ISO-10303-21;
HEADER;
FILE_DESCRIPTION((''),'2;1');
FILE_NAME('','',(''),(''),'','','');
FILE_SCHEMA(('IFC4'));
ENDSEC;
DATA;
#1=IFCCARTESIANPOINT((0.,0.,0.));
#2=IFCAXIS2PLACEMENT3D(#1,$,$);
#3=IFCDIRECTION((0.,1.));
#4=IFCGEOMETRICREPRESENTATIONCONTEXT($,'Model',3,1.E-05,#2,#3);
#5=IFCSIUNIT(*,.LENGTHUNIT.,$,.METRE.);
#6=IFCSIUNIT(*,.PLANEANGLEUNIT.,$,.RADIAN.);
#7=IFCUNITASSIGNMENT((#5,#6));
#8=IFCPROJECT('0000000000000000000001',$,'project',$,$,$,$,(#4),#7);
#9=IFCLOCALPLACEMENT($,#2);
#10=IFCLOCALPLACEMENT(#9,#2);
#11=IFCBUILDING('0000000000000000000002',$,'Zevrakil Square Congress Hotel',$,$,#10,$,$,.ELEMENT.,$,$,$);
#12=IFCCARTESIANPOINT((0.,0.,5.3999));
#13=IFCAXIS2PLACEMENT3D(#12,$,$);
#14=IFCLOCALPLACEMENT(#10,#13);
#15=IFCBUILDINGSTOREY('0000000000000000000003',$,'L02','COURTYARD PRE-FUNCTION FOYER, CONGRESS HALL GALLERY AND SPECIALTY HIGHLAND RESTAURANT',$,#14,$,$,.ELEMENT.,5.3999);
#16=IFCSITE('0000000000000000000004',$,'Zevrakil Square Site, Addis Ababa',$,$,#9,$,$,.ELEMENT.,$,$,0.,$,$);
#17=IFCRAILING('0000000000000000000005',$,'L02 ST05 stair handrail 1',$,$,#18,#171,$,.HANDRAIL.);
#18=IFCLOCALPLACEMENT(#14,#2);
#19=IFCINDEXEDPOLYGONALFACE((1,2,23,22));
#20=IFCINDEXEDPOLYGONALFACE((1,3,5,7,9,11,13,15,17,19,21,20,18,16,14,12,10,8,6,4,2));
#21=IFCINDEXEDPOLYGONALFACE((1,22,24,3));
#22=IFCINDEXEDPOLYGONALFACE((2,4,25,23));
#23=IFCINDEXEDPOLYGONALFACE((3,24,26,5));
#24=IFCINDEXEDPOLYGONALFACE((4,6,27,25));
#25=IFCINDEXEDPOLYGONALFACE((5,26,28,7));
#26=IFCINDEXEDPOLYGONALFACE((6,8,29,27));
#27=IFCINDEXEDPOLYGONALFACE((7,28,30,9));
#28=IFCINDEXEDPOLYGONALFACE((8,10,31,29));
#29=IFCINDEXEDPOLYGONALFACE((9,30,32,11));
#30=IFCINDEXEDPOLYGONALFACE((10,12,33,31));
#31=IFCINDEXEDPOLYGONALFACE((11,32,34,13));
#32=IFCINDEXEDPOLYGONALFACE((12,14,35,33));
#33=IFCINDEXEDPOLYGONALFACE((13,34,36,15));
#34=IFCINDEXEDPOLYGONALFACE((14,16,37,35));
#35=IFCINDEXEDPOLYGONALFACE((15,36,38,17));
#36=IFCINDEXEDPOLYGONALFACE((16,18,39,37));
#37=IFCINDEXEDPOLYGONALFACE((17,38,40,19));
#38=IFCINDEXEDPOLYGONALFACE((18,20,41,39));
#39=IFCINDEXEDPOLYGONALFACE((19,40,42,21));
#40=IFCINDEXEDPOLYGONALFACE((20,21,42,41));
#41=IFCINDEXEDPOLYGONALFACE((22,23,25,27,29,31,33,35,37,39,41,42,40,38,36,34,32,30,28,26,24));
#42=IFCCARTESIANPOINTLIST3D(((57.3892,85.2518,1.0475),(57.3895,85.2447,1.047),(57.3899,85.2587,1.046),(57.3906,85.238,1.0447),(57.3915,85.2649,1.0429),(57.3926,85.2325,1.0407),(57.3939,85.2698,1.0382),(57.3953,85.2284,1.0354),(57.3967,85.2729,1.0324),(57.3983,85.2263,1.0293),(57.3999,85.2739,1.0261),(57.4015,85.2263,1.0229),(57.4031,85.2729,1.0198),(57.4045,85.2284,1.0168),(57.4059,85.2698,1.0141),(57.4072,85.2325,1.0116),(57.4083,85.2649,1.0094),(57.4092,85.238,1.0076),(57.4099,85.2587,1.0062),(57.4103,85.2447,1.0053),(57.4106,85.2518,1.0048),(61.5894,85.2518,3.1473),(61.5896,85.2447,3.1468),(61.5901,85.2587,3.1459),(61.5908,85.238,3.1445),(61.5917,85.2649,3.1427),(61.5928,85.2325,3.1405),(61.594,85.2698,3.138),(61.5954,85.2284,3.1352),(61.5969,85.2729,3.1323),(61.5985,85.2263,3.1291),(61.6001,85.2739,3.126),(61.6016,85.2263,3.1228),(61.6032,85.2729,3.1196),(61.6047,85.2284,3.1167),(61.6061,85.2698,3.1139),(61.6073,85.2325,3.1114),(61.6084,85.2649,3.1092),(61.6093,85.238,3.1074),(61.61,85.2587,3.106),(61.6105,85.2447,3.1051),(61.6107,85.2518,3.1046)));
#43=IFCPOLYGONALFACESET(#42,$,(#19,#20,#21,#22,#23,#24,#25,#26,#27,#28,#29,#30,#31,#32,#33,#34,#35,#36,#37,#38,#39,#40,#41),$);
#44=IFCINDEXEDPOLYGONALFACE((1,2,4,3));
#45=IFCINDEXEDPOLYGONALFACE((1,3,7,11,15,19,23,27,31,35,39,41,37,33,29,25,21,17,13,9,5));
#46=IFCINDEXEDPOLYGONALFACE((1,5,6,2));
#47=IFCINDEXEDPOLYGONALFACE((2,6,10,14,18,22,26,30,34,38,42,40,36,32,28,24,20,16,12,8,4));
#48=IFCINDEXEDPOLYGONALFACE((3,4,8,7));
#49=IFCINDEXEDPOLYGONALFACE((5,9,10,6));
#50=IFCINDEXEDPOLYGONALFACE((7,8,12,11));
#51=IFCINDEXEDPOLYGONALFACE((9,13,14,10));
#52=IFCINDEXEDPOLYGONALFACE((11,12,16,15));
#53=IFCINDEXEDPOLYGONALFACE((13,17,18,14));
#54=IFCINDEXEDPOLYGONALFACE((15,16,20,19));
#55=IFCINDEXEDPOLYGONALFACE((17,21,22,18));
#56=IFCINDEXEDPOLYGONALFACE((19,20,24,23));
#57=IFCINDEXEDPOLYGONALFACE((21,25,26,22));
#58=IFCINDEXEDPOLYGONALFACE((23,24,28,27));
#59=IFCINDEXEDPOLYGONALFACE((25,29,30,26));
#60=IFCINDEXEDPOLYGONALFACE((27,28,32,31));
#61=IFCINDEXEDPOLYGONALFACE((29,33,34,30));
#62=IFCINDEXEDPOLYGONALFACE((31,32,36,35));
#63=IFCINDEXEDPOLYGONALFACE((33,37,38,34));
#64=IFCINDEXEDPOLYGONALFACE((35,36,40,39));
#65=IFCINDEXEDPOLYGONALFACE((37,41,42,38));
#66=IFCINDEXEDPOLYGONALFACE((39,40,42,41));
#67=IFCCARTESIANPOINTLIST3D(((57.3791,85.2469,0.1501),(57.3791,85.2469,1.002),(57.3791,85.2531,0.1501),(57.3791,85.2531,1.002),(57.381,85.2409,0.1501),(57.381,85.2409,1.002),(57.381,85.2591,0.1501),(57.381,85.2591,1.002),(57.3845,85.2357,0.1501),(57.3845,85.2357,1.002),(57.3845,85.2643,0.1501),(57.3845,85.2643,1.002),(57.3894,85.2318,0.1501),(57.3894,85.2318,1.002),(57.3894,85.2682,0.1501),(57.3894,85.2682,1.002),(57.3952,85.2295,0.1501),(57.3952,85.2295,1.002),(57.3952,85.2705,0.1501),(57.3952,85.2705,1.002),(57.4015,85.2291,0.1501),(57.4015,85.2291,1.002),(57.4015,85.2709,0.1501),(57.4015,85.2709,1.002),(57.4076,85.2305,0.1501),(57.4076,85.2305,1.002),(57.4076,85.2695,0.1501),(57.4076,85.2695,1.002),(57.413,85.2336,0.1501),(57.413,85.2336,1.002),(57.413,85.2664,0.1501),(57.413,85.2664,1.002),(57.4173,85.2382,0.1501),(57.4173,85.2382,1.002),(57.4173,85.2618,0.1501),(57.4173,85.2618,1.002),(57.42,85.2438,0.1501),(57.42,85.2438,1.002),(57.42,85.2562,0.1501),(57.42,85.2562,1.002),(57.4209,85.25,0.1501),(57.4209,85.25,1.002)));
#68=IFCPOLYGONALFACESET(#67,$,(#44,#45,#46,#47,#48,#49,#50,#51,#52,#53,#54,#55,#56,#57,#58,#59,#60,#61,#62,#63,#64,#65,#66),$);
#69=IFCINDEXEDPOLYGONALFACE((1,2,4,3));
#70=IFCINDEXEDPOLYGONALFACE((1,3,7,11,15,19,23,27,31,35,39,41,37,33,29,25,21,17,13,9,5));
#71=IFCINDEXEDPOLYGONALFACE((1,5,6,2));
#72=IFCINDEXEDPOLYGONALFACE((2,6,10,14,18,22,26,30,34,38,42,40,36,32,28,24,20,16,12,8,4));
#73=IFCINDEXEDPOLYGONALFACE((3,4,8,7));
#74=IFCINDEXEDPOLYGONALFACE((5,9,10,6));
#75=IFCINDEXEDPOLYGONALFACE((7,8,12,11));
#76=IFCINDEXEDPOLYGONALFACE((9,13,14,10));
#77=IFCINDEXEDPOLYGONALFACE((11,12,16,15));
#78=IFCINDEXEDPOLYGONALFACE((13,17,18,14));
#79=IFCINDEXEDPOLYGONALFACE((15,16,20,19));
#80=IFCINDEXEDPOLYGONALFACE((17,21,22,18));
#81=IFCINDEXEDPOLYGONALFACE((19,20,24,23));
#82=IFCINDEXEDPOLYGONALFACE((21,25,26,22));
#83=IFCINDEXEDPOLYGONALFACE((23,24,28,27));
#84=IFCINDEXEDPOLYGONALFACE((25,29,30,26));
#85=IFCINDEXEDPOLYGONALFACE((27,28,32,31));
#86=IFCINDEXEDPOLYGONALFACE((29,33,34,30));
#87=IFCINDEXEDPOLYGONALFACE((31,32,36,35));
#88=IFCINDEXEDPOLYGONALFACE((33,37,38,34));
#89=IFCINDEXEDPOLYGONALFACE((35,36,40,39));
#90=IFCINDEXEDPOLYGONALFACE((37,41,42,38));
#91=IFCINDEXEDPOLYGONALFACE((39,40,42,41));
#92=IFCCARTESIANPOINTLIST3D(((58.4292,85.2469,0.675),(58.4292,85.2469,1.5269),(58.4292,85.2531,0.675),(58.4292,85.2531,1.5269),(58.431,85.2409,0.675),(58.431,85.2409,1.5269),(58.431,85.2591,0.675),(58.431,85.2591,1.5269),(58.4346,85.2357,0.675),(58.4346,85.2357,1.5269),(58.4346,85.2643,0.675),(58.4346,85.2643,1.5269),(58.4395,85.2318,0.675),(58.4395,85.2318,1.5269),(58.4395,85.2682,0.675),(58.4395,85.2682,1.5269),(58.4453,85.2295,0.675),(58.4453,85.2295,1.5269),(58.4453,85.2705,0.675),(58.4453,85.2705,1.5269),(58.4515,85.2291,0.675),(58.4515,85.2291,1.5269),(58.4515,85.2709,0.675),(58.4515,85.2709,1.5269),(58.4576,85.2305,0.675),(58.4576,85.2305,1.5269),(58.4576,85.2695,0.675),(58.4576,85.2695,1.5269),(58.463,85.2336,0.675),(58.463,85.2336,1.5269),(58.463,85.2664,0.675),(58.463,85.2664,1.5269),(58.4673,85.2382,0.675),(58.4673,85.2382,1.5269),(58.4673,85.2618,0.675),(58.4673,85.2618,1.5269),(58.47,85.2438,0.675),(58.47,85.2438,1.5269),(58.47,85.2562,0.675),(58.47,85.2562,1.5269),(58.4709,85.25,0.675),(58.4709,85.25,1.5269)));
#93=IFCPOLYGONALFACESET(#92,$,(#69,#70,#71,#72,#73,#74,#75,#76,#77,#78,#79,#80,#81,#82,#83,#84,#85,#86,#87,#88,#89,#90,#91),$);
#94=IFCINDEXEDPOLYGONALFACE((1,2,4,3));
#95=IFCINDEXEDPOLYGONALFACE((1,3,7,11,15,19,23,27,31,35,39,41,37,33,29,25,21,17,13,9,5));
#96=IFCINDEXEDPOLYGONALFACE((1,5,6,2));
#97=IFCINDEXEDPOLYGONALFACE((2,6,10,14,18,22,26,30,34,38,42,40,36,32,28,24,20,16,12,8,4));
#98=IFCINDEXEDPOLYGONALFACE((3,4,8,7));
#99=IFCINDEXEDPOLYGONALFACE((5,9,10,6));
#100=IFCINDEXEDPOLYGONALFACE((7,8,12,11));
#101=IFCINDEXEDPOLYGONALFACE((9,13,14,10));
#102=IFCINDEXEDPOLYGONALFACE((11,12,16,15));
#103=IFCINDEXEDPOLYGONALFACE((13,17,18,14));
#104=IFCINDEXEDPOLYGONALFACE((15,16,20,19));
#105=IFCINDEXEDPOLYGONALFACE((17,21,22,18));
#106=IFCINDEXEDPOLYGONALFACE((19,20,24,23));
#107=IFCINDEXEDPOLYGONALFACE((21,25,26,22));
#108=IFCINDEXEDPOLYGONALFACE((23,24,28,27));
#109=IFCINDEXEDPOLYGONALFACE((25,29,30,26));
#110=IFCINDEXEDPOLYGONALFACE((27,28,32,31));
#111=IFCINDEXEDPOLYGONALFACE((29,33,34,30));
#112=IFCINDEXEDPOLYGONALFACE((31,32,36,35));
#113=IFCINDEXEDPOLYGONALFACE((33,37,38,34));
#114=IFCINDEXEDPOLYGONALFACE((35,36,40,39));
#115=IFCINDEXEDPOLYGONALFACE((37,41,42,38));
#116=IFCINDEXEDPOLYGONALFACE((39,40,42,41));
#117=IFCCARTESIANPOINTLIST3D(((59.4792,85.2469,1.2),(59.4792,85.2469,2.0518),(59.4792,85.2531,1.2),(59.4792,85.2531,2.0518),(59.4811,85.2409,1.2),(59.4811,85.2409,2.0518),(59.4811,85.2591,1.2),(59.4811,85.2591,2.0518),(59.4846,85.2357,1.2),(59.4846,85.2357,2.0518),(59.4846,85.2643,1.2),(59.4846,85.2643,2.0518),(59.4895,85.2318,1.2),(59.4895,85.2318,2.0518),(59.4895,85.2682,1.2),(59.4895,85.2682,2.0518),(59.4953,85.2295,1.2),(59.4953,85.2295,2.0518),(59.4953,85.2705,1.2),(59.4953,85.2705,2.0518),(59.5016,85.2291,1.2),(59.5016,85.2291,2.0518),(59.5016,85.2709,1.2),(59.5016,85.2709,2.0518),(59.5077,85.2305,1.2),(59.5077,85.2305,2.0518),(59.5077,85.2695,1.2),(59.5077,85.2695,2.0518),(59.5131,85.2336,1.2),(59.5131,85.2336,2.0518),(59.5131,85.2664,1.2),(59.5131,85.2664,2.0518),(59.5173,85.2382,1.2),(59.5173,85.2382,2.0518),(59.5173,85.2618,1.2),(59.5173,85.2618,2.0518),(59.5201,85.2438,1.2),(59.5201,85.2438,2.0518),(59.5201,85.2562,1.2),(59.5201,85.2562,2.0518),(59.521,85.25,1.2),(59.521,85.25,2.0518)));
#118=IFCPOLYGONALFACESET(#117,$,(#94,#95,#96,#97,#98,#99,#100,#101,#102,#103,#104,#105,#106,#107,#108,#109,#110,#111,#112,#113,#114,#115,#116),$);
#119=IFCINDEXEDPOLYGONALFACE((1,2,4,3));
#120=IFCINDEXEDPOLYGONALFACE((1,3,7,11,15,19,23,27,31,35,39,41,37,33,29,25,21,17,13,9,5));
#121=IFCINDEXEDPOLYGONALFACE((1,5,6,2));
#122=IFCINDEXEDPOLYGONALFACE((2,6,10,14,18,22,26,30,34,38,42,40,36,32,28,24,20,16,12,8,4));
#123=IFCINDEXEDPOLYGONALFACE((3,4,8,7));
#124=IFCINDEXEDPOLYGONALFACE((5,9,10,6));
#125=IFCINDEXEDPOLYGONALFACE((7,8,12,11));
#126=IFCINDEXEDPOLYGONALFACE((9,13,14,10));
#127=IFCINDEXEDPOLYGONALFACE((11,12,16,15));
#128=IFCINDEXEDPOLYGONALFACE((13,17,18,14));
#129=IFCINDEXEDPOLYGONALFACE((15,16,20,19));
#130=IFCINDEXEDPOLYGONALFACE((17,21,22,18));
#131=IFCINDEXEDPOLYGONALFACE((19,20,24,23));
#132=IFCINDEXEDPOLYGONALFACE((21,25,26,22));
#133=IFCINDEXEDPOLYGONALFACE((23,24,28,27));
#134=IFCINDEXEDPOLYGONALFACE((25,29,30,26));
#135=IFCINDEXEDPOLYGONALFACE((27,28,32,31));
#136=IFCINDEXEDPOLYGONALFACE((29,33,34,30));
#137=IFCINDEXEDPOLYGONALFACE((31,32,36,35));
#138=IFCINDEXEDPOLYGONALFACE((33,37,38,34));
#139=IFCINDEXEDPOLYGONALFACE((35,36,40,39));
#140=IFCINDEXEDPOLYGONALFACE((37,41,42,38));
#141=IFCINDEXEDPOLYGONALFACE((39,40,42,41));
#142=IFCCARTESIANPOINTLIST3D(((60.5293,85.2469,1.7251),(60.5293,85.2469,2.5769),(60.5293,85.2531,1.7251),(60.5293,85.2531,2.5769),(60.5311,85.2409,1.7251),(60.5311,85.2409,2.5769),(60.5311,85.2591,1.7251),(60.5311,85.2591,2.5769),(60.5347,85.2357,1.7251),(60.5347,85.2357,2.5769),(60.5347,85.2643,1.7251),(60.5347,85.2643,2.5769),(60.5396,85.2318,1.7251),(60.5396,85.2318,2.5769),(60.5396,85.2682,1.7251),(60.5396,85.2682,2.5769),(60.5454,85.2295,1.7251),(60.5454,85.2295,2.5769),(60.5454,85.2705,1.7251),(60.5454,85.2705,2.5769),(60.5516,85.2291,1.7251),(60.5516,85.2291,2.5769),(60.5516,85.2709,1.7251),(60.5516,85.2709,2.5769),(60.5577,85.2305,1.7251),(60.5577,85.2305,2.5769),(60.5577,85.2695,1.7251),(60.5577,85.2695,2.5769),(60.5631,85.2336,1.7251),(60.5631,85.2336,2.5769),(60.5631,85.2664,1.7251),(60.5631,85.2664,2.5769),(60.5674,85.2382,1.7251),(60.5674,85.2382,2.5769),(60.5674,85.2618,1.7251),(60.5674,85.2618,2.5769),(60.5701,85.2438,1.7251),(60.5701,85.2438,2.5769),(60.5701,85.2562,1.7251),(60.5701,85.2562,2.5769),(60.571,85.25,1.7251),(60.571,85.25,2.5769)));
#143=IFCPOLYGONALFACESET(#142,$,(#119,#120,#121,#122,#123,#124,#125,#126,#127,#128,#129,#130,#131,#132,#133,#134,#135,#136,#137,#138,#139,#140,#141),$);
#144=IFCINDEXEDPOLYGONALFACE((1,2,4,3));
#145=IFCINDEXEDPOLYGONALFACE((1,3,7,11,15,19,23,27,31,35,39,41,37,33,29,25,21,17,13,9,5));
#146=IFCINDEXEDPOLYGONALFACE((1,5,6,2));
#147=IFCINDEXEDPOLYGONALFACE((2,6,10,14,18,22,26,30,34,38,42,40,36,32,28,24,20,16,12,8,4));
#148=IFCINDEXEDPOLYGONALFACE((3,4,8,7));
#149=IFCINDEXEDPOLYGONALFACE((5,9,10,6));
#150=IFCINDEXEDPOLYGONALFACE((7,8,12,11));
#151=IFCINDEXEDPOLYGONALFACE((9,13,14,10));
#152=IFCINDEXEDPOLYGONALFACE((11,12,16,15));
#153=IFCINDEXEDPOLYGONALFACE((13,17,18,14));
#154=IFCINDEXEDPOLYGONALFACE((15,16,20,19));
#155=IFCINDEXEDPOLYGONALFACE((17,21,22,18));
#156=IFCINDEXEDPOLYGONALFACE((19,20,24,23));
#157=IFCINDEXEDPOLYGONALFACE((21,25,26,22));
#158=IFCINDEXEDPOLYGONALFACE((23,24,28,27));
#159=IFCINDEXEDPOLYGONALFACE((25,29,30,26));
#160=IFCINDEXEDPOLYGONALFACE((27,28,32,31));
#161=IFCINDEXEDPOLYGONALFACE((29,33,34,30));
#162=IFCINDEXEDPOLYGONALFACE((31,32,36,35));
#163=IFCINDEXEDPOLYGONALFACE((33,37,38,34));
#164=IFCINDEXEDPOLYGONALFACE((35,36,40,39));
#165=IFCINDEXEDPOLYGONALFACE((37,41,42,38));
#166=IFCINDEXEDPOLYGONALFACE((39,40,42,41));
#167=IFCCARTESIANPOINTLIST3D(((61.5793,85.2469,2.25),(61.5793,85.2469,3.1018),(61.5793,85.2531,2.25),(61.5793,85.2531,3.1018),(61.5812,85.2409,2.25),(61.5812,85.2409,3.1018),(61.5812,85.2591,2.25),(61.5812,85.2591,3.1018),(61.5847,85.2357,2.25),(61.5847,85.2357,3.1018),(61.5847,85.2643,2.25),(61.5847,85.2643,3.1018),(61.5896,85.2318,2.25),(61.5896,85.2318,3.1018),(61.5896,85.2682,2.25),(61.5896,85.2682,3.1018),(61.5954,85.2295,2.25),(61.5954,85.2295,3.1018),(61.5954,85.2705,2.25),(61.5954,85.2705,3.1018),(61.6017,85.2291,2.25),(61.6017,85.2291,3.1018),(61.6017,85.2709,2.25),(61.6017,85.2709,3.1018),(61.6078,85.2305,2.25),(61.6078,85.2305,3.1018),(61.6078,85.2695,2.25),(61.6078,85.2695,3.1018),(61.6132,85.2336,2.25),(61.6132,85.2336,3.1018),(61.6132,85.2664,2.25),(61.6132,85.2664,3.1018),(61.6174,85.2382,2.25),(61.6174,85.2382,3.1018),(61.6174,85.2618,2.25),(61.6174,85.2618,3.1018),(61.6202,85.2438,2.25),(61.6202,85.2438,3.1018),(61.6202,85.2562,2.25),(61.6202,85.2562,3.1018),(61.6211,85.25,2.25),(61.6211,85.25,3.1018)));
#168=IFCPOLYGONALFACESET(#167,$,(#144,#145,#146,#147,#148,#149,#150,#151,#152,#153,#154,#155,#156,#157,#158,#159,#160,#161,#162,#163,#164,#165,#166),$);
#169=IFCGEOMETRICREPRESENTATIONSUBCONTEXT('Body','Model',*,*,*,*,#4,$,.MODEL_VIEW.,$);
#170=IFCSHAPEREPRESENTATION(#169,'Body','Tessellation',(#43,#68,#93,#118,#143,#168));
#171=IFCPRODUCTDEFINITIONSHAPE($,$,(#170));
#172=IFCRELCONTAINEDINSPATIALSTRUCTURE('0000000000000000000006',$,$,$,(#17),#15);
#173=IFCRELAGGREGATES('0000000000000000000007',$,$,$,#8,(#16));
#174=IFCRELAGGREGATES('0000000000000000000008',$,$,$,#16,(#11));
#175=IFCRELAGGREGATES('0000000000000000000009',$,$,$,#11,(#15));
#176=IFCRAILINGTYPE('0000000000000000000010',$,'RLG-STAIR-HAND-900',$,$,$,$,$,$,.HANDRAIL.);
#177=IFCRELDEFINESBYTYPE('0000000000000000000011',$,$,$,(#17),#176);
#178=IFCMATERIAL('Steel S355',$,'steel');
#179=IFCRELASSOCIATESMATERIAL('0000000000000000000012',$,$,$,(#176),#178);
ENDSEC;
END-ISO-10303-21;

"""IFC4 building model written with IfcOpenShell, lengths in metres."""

from ifc_helpers import new_model, si_unit, direction, frame, origin, origin_2d, place, context, subcontext, project, spatial, circle, extrude, material, type_object, element, save


model = new_model("IFC4")

# Units and contexts
model_context = context("Model", 3, precision=1e-05, world=origin(), true_north=direction((0.0, 1.0)))
body_context = subcontext(model_context, "Body", "Model", "MODEL_VIEW")
ifc_project = project(units=[si_unit("LENGTHUNIT", "METRE"), si_unit("PLANEANGLEUNIT", "RADIAN")], contexts=[model_context])

# Site, building, storey
site_placement = place(None, origin())
site = spatial("IfcSite", under=ifc_project, at=site_placement, Name="Zevrakil Square Site, Addis Ababa", CompositionType="ELEMENT", RefElevation=0.0)
building_placement = place(site_placement, origin())
building = spatial("IfcBuilding", under=site, at=building_placement, Name="Zevrakil Square Congress Hotel", CompositionType="ELEMENT")
storey_placement = place(building_placement, frame((0.0, 0.0, 5.3999)))
storey = spatial("IfcBuildingStorey", under=building, at=storey_placement, Name="L02", Description="COURTYARD PRE-FUNCTION FOYER, CONGRESS HALL GALLERY AND SPECIALTY HIGHLAND RESTAURANT", CompositionType="ELEMENT", Elevation=5.3999)

# Railing
ifc_material_1 = material(Name="Steel S355", Category="steel")
railing_type_1 = type_object("IfcRailingType", Name="RLG-STAIR-HAND-900", PredefinedType="HANDRAIL", material=ifc_material_1)
railing_1_placement = place(storey_placement, frame((57.3999, 85.25, 0.1501)))
element("IfcRailing", 1, at=railing_1_placement, inside=storey, type_object=railing_type_1, Name="L02 ST05 stair handrail 1", PredefinedType="HANDRAIL", context=body_context, shape_type="SweptSolid", body=[
    extrude(circle(Radius=0.0239, at=origin_2d()), frame((0.0, 0.0, 0.876), z_axis=(0.894448, 0.0, 0.447172), x_axis=(0.0, 1.0, 0.0)), (0.0, 0.0, 1.0), 4.6958),
    extrude(circle(Radius=0.021, at=origin_2d()), origin(), (0.0, 0.0, 1.0), 0.8518),
    extrude(circle(Radius=0.021, at=origin_2d()), frame((1.05, 0.0, 0.5249)), (0.0, 0.0, 1.0), 0.8518),
    extrude(circle(Radius=0.021, at=origin_2d()), frame((2.1001, 0.0, 1.0498)), (0.0, 0.0, 1.0), 0.8518),
    extrude(circle(Radius=0.021, at=origin_2d()), frame((3.1501, 0.0, 1.575)), (0.0, 0.0, 1.0), 0.8518),
    extrude(circle(Radius=0.021, at=origin_2d()), frame((4.2002, 0.0, 2.0999)), (0.0, 0.0, 1.0), 0.8518),
])

save(model, "model.ifc")
